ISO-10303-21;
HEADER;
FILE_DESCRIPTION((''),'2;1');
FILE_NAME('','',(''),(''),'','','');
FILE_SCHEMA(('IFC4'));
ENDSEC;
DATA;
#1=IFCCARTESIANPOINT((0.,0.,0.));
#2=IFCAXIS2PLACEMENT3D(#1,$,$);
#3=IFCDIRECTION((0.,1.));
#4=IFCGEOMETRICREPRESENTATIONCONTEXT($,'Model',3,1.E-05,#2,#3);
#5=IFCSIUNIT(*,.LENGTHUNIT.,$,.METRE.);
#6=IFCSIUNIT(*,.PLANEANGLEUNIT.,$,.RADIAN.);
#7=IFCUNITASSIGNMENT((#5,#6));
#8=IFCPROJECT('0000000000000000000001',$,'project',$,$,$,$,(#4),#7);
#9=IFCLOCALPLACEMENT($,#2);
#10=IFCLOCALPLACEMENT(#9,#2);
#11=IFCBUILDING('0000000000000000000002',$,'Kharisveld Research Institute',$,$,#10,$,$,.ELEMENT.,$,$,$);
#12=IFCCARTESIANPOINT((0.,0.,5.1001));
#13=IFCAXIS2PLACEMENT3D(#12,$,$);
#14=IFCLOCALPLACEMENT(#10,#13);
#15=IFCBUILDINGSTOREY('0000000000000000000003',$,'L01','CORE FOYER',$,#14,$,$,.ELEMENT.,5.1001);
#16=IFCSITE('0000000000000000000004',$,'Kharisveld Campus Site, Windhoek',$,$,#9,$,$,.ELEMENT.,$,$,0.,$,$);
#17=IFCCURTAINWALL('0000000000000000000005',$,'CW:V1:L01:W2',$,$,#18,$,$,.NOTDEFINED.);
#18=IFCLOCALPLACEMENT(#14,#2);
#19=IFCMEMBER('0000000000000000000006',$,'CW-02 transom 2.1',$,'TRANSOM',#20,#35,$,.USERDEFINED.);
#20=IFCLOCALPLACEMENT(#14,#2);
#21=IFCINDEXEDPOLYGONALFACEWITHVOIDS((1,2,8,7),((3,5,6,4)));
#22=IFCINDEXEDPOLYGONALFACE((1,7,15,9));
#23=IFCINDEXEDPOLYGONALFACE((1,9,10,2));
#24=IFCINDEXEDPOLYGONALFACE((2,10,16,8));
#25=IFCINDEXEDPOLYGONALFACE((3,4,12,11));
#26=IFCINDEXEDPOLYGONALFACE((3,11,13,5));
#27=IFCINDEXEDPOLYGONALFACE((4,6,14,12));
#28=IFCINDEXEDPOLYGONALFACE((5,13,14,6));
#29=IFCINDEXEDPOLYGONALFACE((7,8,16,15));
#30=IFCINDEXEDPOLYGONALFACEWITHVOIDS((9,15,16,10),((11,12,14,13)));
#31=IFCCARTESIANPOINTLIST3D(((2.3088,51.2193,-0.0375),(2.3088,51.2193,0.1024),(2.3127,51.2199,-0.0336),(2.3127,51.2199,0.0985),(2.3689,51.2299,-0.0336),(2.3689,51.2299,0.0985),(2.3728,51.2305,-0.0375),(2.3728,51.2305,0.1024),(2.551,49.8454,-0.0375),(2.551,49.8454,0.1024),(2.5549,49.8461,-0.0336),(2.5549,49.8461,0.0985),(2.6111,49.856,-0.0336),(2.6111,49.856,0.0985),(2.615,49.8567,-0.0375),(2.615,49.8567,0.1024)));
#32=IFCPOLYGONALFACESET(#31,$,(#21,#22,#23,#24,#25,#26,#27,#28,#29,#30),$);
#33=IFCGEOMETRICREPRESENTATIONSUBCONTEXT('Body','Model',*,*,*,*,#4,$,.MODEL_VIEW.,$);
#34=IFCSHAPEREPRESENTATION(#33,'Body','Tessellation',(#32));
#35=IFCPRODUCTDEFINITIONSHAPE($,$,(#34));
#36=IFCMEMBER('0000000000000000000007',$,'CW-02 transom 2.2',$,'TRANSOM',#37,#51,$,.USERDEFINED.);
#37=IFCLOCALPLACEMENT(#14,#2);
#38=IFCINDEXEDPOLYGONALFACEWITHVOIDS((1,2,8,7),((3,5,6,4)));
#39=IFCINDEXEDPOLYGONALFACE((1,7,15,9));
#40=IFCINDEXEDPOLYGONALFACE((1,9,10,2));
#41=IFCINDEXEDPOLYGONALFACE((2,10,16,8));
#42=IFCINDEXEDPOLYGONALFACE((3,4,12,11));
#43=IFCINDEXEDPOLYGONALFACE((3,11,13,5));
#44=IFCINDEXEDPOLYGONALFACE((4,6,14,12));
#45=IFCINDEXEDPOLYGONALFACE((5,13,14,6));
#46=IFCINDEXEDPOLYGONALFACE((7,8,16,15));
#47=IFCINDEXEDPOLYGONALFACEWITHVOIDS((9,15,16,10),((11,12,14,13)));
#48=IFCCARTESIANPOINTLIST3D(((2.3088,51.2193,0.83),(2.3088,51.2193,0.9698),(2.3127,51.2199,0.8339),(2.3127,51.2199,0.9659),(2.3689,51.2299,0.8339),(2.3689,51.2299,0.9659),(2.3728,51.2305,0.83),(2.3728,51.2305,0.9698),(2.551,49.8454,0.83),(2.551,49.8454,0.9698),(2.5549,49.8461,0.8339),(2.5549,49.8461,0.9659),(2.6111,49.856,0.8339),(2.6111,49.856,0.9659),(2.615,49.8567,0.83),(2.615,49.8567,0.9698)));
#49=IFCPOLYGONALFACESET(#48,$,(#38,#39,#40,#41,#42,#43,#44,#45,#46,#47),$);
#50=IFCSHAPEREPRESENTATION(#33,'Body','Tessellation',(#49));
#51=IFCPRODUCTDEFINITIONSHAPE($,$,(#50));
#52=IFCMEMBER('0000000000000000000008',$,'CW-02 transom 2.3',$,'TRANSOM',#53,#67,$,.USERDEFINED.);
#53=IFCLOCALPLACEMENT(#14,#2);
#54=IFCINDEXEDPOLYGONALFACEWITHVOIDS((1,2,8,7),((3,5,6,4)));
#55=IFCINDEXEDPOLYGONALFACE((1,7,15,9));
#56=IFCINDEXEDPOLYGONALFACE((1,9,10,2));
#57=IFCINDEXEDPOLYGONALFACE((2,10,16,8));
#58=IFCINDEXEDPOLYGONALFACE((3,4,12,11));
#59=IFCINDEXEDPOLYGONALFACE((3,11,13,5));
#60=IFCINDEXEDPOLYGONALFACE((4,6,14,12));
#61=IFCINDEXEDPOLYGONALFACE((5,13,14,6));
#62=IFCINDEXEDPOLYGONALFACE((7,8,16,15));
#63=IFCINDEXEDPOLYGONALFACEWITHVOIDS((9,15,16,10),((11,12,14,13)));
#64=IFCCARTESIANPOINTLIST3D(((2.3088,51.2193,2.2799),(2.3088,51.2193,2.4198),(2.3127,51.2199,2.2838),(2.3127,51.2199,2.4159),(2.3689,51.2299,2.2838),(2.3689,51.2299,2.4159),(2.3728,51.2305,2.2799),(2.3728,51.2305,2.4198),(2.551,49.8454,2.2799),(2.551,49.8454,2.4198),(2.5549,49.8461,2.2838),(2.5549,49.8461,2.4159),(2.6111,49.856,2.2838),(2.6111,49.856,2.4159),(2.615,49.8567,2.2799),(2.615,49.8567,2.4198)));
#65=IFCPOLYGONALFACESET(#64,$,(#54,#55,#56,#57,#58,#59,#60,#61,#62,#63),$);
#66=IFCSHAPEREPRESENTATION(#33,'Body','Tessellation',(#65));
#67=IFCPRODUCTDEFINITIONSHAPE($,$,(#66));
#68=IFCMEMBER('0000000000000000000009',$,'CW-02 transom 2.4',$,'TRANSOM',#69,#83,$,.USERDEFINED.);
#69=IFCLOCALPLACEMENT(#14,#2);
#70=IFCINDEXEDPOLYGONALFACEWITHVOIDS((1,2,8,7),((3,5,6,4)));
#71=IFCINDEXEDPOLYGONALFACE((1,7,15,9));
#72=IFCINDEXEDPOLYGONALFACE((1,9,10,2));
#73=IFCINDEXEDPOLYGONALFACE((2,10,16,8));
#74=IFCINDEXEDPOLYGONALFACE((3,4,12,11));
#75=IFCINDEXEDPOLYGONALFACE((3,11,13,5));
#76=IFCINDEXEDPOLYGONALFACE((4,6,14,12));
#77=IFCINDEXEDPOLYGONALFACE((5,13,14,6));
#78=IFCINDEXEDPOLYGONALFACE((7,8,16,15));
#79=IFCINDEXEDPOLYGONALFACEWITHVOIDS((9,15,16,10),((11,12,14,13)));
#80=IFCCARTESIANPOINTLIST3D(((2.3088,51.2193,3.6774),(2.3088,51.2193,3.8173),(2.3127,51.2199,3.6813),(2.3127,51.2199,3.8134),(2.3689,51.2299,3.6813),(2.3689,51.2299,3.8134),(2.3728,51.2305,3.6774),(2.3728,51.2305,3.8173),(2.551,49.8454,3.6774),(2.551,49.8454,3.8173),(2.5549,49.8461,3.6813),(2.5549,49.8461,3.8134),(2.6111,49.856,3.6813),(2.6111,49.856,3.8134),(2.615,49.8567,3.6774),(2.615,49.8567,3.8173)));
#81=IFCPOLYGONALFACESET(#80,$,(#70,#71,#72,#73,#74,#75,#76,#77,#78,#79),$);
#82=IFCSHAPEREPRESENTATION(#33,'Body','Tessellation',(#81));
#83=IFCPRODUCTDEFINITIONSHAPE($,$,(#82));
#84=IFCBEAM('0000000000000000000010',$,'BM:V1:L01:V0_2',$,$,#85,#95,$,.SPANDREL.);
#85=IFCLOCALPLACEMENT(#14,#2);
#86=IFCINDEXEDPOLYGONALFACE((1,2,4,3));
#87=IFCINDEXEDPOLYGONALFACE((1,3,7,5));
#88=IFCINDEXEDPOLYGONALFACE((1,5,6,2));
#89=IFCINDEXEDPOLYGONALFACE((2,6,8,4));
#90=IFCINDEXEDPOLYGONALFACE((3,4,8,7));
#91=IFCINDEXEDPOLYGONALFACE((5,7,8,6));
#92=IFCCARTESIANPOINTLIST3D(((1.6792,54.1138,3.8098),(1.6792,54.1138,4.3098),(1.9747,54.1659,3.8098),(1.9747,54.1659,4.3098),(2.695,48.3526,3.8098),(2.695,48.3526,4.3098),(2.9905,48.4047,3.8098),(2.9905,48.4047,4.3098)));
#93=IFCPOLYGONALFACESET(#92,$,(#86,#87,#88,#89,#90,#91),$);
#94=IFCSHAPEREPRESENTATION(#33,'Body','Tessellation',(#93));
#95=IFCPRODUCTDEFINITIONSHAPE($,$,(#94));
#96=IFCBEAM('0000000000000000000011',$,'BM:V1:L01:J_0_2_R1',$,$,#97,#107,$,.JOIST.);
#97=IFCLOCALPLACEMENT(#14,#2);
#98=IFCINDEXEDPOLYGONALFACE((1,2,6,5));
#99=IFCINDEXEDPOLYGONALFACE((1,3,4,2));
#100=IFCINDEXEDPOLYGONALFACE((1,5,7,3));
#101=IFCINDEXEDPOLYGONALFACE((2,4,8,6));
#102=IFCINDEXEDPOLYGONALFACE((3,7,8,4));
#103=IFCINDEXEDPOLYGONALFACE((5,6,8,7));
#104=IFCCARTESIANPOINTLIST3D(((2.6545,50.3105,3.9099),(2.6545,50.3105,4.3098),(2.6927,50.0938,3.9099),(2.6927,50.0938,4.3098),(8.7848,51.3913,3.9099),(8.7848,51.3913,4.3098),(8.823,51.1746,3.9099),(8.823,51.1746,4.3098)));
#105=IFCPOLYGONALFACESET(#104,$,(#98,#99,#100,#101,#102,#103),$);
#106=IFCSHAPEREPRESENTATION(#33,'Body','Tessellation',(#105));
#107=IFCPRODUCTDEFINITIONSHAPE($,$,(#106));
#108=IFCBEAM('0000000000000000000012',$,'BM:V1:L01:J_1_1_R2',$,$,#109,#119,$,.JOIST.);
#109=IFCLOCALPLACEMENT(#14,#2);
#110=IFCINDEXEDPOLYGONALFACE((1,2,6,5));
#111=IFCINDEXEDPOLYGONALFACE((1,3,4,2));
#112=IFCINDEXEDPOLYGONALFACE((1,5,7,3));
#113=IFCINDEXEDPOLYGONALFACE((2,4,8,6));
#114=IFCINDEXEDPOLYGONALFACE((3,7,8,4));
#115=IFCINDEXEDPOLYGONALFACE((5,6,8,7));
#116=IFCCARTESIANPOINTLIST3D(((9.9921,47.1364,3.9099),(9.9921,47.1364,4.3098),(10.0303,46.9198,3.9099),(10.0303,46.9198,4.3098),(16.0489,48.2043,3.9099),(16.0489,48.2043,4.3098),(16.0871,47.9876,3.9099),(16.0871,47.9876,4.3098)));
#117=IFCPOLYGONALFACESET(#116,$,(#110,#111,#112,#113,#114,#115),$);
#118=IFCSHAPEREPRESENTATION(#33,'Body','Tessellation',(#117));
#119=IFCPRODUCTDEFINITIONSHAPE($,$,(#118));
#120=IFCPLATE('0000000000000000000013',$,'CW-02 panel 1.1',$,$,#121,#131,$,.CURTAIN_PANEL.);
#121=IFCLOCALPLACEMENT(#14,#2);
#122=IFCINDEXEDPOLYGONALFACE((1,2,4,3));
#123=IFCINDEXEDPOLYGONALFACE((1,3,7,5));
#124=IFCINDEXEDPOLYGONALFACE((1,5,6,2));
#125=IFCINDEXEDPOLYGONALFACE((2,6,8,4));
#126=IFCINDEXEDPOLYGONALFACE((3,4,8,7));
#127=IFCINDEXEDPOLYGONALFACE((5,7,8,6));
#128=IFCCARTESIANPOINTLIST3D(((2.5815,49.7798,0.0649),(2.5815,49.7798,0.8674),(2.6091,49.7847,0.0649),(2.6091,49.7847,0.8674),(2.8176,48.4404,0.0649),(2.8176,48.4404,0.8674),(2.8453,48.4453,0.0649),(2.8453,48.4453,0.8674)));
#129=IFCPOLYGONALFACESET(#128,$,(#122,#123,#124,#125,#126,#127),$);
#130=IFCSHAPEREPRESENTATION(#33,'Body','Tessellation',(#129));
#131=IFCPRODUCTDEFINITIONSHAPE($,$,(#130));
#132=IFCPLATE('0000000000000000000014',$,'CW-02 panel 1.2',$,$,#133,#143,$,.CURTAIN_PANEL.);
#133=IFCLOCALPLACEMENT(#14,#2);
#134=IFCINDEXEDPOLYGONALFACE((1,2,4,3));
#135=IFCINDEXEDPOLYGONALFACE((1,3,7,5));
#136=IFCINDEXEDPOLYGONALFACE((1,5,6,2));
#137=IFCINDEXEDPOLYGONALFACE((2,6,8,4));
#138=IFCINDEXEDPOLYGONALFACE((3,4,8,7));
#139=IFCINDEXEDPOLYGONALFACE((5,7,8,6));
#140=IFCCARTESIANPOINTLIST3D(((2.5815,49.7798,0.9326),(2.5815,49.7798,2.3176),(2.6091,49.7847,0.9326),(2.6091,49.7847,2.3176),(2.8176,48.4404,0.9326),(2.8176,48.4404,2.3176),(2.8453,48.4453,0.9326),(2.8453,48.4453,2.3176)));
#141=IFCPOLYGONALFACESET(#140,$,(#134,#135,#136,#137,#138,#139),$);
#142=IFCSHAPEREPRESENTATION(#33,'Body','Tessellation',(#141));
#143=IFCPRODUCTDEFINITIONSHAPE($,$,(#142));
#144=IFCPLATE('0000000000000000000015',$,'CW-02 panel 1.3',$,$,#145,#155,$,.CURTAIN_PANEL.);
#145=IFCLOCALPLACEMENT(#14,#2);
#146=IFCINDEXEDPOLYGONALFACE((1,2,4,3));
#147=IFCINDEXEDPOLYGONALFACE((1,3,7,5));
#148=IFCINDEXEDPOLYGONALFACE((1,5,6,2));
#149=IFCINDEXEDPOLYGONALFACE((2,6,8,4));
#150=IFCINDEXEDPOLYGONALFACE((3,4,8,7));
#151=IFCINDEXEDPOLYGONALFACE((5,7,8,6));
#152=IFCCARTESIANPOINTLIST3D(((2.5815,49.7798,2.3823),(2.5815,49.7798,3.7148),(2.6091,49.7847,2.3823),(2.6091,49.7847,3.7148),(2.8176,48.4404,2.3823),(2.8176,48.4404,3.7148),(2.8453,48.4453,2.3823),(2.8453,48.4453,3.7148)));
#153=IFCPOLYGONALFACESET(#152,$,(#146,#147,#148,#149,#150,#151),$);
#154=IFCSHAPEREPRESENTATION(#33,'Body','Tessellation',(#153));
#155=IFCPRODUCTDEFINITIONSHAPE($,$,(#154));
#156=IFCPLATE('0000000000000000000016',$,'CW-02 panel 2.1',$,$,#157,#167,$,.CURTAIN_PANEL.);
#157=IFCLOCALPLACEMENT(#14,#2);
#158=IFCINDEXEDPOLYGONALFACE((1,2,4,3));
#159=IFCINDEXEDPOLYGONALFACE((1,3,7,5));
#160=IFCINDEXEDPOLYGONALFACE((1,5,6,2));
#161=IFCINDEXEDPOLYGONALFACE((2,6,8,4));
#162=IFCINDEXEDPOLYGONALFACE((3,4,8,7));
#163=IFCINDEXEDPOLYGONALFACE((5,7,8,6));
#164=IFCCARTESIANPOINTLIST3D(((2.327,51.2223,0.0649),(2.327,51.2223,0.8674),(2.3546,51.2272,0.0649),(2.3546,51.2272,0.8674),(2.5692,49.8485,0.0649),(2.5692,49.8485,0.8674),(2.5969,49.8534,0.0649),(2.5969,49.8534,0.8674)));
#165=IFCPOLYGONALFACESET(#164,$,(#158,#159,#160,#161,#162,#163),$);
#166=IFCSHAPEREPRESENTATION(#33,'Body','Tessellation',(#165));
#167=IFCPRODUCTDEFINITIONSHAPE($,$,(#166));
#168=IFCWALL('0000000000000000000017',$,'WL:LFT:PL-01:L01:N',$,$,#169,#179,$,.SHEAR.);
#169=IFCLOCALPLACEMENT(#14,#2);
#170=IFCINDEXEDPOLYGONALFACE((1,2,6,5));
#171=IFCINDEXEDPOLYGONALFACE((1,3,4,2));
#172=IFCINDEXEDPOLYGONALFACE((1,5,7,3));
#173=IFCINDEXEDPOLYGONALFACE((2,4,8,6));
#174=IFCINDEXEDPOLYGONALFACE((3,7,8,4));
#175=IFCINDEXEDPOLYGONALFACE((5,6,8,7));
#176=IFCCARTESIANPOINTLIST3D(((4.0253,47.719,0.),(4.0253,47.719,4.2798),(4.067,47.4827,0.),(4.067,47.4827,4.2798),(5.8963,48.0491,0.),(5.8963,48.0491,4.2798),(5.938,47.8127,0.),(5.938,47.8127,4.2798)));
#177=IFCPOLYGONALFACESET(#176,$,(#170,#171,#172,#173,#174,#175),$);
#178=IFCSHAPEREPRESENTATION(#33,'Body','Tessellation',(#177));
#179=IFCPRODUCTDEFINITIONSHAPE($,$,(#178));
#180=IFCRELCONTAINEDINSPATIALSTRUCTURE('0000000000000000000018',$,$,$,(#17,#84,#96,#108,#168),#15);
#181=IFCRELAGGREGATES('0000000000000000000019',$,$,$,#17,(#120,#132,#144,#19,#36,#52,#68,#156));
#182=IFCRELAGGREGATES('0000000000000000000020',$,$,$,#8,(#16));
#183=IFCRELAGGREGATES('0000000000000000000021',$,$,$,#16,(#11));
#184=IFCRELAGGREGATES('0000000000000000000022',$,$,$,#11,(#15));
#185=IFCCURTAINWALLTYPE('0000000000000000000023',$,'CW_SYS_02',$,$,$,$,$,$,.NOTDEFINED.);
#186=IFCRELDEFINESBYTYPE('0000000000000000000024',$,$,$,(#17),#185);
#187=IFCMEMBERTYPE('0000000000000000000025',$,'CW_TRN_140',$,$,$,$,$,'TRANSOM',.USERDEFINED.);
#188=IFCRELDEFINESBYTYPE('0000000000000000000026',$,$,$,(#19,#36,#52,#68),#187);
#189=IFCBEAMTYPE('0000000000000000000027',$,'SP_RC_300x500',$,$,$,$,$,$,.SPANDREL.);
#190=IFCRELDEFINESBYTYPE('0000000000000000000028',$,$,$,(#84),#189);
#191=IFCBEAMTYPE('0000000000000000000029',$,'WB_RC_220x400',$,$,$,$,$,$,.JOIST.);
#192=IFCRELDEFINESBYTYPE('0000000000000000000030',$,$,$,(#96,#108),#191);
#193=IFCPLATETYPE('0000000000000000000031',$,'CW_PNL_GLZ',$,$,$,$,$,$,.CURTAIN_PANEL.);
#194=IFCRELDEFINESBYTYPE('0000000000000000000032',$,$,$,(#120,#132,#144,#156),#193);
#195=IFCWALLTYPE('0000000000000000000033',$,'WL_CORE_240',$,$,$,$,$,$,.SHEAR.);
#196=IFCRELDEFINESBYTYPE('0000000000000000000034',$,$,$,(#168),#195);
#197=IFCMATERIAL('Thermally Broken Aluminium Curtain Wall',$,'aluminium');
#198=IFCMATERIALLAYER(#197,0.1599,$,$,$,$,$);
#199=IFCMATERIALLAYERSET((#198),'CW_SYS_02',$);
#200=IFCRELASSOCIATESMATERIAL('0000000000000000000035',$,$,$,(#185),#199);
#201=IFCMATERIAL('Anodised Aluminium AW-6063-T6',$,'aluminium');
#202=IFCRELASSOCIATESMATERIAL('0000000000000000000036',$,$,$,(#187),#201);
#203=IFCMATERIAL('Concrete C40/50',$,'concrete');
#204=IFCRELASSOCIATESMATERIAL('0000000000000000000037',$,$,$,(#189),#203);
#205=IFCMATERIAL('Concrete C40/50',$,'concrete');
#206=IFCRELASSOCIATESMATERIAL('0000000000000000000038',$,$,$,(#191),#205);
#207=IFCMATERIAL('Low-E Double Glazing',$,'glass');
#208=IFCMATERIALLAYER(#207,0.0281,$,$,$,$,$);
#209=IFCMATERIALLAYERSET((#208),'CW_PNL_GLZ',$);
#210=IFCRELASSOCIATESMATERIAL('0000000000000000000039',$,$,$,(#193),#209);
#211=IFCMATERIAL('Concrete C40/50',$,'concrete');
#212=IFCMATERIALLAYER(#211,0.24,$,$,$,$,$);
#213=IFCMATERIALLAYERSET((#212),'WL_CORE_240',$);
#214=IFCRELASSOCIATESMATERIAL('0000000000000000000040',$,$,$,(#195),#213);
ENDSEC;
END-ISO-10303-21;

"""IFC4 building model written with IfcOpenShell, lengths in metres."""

from ifc_helpers import new_model, si_unit, direction, frame, frame_2d, origin, origin_2d, place, context, subcontext, project, spatial, rectangle, hollow_rectangle, extrude, material, layer, layer_set, material_profile, profile_set, type_object, element, aggregate, save


model = new_model("IFC4")

# Units and contexts
model_context = context("Model", 3, precision=1e-05, world=origin(), true_north=direction((0.0, 1.0)))
body_context = subcontext(model_context, "Body", "Model", "MODEL_VIEW")
ifc_project = project(units=[si_unit("LENGTHUNIT", "METRE"), si_unit("PLANEANGLEUNIT", "RADIAN")], contexts=[model_context])

# Site, building, storey
site_placement = place(None, origin())
site = spatial("IfcSite", under=ifc_project, at=site_placement, Name="Kharisveld Campus Site, Windhoek", CompositionType="ELEMENT", RefElevation=0.0)
building_placement = place(site_placement, origin())
building = spatial("IfcBuilding", under=site, at=building_placement, Name="Kharisveld Research Institute", CompositionType="ELEMENT")
storey_placement = place(building_placement, frame((0.0, 0.0, 5.1001)))
storey = spatial("IfcBuildingStorey", under=building, at=storey_placement, Name="L01", Description="CORE FOYER", CompositionType="ELEMENT", Elevation=5.1001)

# Curtain wall, members
ifc_material_1 = material(Name="Thermally Broken Aluminium Curtain Wall", Category="aluminium")
ifc_layer_1 = layer(ifc_material_1, 0.1599)
ifc_layer_set_1 = layer_set([ifc_layer_1], Name="CW_SYS_02")
curtain_wall_type = type_object("IfcCurtainWallType", Name="CW_SYS_02", PredefinedType="NOTDEFINED", material=ifc_layer_set_1)
curtain_wall_placement = place(storey_placement, origin())
curtain_wall = element("IfcCurtainWall", 1, at=curtain_wall_placement, inside=storey, type_object=curtain_wall_type, Name="CW:V1:L01:W2", PredefinedType="NOTDEFINED")
ifc_material_2 = material(Name="Anodised Aluminium AW-6063-T6", Category="aluminium")
ifc_material_profile_1 = material_profile(ifc_material_2, hollow_rectangle(XDim=0.0649, YDim=0.1399, WallThickness=0.0039, at=origin_2d()))
ifc_profile_set_1 = profile_set([ifc_material_profile_1], Name="Anodised Aluminium AW-6063-T6")
member_type_1 = type_object("IfcMemberType", Name="CW_TRN_140", ElementType="TRANSOM", PredefinedType="USERDEFINED", material=ifc_profile_set_1)
member_1_placement = place(storey_placement, frame((2.583, 49.8511, 0.0325), z_axis=(-0.173616, 0.984813, 0.0), x_axis=(-0.984813, -0.173616, 0.0)))
member_1 = element("IfcMember", 2, at=member_1_placement, type_object=member_type_1, Name="CW-02 transom 2.1", ObjectType="TRANSOM", PredefinedType="USERDEFINED", context=body_context, shape_type="SweptSolid", body=[
    extrude(hollow_rectangle(XDim=0.0649, YDim=0.1399, WallThickness=0.0039, at=origin_2d()), origin(), (0.0, 0.0, 1.0), 1.395),
])
member_2_placement = place(storey_placement, frame((2.583, 49.8511, 0.8999), z_axis=(-0.173616, 0.984813, 0.0), x_axis=(-0.984813, -0.173616, 0.0)))
member_2 = element("IfcMember", 3, at=member_2_placement, type_object=member_type_1, Name="CW-02 transom 2.2", ObjectType="TRANSOM", PredefinedType="USERDEFINED", context=body_context, shape_type="SweptSolid", body=[
    extrude(hollow_rectangle(XDim=0.0649, YDim=0.1399, WallThickness=0.0039, at=origin_2d()), origin(), (0.0, 0.0, 1.0), 1.395),
])
member_3_placement = place(storey_placement, frame((2.583, 49.8511, 2.3499), z_axis=(-0.173616, 0.984813, 0.0), x_axis=(-0.984813, -0.173616, 0.0)))
member_3 = element("IfcMember", 4, at=member_3_placement, type_object=member_type_1, Name="CW-02 transom 2.3", ObjectType="TRANSOM", PredefinedType="USERDEFINED", context=body_context, shape_type="SweptSolid", body=[
    extrude(hollow_rectangle(XDim=0.0649, YDim=0.1399, WallThickness=0.0039, at=origin_2d()), origin(), (0.0, 0.0, 1.0), 1.395),
])
member_4_placement = place(storey_placement, frame((2.583, 49.8511, 3.7473), z_axis=(-0.173616, 0.984813, 0.0), x_axis=(-0.984813, -0.173616, 0.0)))
member_4 = element("IfcMember", 5, at=member_4_placement, type_object=member_type_1, Name="CW-02 transom 2.4", ObjectType="TRANSOM", PredefinedType="USERDEFINED", context=body_context, shape_type="SweptSolid", body=[
    extrude(hollow_rectangle(XDim=0.0649, YDim=0.1399, WallThickness=0.0039, at=origin_2d()), origin(), (0.0, 0.0, 1.0), 1.395),
])

# Beams
ifc_material_3 = material(Name="Concrete C40/50", Category="concrete")
ifc_material_profile_2 = material_profile(ifc_material_3, rectangle(XDim=0.3, YDim=0.5, at=origin_2d()))
ifc_profile_set_2 = profile_set([ifc_material_profile_2], Name="Concrete C40/50")
beam_type_1 = type_object("IfcBeamType", Name="SP_RC_300x500", PredefinedType="SPANDREL", material=ifc_profile_set_2)
beam_1_placement = place(storey_placement, frame((2.8428, 48.3787, 4.0598), z_axis=(-0.17365, 0.984807, 0.0), x_axis=(-0.984807, -0.17365, 0.0)))
element("IfcBeam", 6, at=beam_1_placement, inside=storey, type_object=beam_type_1, Name="BM:V1:L01:V0_2", PredefinedType="SPANDREL", context=body_context, shape_type="SweptSolid", body=[
    extrude(rectangle(XDim=0.3, YDim=0.5, at=origin_2d()), origin(), (0.0, 0.0, 1.0), 5.8501),
])
ifc_material_4 = material(Name="Concrete C40/50", Category="concrete")
ifc_material_profile_3 = material_profile(ifc_material_4, rectangle(XDim=0.22, YDim=0.3999, at=origin_2d()))
ifc_profile_set_3 = profile_set([ifc_material_profile_3], Name="Concrete C40/50")
beam_type_2 = type_object("IfcBeamType", Name="WB_RC_220x400", PredefinedType="JOIST", material=ifc_profile_set_3)
beam_2_placement = place(storey_placement, frame((2.6736, 50.2021, 4.1099), z_axis=(0.984812, 0.173626, 0.0), x_axis=(-0.173626, 0.984812, 0.0)))
element("IfcBeam", 7, at=beam_2_placement, inside=storey, type_object=beam_type_2, Name="BM:V1:L01:J_0_2_R1", PredefinedType="JOIST", context=body_context, shape_type="SweptSolid", body=[
    extrude(rectangle(XDim=0.22, YDim=0.3999, at=origin_2d()), origin(), (0.0, 0.0, 1.0), 6.2249),
])
beam_3_placement = place(storey_placement, frame((10.0112, 47.0281, 4.1099), z_axis=(0.98481, 0.173636, 0.0), x_axis=(-0.173636, 0.98481, 0.0)))
element("IfcBeam", 8, at=beam_3_placement, inside=storey, type_object=beam_type_2, Name="BM:V1:L01:J_1_1_R2", PredefinedType="JOIST", context=body_context, shape_type="SweptSolid", body=[
    extrude(rectangle(XDim=0.22, YDim=0.3999, at=origin_2d()), origin(), (0.0, 0.0, 1.0), 6.1501),
])

# Plates
ifc_material_5 = material(Name="Low-E Double Glazing", Category="glass")
ifc_layer_2 = layer(ifc_material_5, 0.0281)
ifc_layer_set_2 = layer_set([ifc_layer_2], Name="CW_PNL_GLZ")
plate_type = type_object("IfcPlateType", Name="CW_PNL_GLZ", PredefinedType="CURTAIN_PANEL", material=ifc_layer_set_2)
plate_1_placement = place(storey_placement, frame((2.7134, 49.1125, 0.0649), z_axis=(0.0, 0.0, 1.0), x_axis=(-0.173648, 0.984808, 0.0)))
plate_1 = element("IfcPlate", 9, at=plate_1_placement, type_object=plate_type, Name="CW-02 panel 1.1", PredefinedType="CURTAIN_PANEL", context=body_context, shape_type="SweptSolid", body=[
    extrude(rectangle(XDim=1.3601, YDim=0.0281, at=origin_2d()), origin(), (0.0, 0.0, 1.0), 0.8025),
])
plate_2_placement = place(storey_placement, frame((2.7134, 49.1125, 0.9326), z_axis=(0.0, 0.0, 1.0), x_axis=(-0.173648, 0.984808, 0.0)))
plate_2 = element("IfcPlate", 10, at=plate_2_placement, type_object=plate_type, Name="CW-02 panel 1.2", PredefinedType="CURTAIN_PANEL", context=body_context, shape_type="SweptSolid", body=[
    extrude(rectangle(XDim=1.3601, YDim=0.0281, at=origin_2d()), origin(), (0.0, 0.0, 1.0), 1.385),
])
plate_3_placement = place(storey_placement, frame((2.7134, 49.1125, 2.3823), z_axis=(0.0, 0.0, 1.0), x_axis=(-0.173648, 0.984808, 0.0)))
plate_3 = element("IfcPlate", 11, at=plate_3_placement, type_object=plate_type, Name="CW-02 panel 1.3", PredefinedType="CURTAIN_PANEL", context=body_context, shape_type="SweptSolid", body=[
    extrude(rectangle(XDim=1.3601, YDim=0.0281, at=origin_2d()), origin(), (0.0, 0.0, 1.0), 1.3325),
])
plate_4_placement = place(storey_placement, frame((2.4619, 50.5378, 0.0649), z_axis=(0.0, 0.0, 1.0), x_axis=(-0.173648, 0.984808, 0.0)))
plate_4 = element("IfcPlate", 12, at=plate_4_placement, type_object=plate_type, Name="CW-02 panel 2.1", PredefinedType="CURTAIN_PANEL", context=body_context, shape_type="SweptSolid", body=[
    extrude(rectangle(XDim=1.395, YDim=0.0281, at=origin_2d()), origin(), (0.0, 0.0, 1.0), 0.8025),
])
aggregate(curtain_wall, [plate_1, plate_2, plate_3, member_1, member_2, member_3, member_4, plate_4])

# Wall
ifc_material_6 = material(Name="Concrete C40/50", Category="concrete")
ifc_layer_3 = layer(ifc_material_6, 0.24)
ifc_layer_set_3 = layer_set([ifc_layer_3], Name="WL_CORE_240")
wall_type_1 = type_object("IfcWallType", Name="WL_CORE_240", PredefinedType="SHEAR", material=ifc_layer_set_3)
wall_1_placement = place(storey_placement, frame((4.0461, 47.6008, 0.0), z_axis=(0.0, 0.0, 1.0), x_axis=(0.984794, 0.173727, 0.0)))
element("IfcWall", 13, at=wall_1_placement, inside=storey, type_object=wall_type_1, Name="WL:LFT:PL-01:L01:N", PredefinedType="SHEAR", context=body_context, shape_type="SweptSolid", body=[
    extrude(rectangle(XDim=1.8999, YDim=0.24, at=frame_2d((0.95, 0.0))), origin(), (0.0, 0.0, 1.0), 4.2798),
])

save(model, "model.ifc")
